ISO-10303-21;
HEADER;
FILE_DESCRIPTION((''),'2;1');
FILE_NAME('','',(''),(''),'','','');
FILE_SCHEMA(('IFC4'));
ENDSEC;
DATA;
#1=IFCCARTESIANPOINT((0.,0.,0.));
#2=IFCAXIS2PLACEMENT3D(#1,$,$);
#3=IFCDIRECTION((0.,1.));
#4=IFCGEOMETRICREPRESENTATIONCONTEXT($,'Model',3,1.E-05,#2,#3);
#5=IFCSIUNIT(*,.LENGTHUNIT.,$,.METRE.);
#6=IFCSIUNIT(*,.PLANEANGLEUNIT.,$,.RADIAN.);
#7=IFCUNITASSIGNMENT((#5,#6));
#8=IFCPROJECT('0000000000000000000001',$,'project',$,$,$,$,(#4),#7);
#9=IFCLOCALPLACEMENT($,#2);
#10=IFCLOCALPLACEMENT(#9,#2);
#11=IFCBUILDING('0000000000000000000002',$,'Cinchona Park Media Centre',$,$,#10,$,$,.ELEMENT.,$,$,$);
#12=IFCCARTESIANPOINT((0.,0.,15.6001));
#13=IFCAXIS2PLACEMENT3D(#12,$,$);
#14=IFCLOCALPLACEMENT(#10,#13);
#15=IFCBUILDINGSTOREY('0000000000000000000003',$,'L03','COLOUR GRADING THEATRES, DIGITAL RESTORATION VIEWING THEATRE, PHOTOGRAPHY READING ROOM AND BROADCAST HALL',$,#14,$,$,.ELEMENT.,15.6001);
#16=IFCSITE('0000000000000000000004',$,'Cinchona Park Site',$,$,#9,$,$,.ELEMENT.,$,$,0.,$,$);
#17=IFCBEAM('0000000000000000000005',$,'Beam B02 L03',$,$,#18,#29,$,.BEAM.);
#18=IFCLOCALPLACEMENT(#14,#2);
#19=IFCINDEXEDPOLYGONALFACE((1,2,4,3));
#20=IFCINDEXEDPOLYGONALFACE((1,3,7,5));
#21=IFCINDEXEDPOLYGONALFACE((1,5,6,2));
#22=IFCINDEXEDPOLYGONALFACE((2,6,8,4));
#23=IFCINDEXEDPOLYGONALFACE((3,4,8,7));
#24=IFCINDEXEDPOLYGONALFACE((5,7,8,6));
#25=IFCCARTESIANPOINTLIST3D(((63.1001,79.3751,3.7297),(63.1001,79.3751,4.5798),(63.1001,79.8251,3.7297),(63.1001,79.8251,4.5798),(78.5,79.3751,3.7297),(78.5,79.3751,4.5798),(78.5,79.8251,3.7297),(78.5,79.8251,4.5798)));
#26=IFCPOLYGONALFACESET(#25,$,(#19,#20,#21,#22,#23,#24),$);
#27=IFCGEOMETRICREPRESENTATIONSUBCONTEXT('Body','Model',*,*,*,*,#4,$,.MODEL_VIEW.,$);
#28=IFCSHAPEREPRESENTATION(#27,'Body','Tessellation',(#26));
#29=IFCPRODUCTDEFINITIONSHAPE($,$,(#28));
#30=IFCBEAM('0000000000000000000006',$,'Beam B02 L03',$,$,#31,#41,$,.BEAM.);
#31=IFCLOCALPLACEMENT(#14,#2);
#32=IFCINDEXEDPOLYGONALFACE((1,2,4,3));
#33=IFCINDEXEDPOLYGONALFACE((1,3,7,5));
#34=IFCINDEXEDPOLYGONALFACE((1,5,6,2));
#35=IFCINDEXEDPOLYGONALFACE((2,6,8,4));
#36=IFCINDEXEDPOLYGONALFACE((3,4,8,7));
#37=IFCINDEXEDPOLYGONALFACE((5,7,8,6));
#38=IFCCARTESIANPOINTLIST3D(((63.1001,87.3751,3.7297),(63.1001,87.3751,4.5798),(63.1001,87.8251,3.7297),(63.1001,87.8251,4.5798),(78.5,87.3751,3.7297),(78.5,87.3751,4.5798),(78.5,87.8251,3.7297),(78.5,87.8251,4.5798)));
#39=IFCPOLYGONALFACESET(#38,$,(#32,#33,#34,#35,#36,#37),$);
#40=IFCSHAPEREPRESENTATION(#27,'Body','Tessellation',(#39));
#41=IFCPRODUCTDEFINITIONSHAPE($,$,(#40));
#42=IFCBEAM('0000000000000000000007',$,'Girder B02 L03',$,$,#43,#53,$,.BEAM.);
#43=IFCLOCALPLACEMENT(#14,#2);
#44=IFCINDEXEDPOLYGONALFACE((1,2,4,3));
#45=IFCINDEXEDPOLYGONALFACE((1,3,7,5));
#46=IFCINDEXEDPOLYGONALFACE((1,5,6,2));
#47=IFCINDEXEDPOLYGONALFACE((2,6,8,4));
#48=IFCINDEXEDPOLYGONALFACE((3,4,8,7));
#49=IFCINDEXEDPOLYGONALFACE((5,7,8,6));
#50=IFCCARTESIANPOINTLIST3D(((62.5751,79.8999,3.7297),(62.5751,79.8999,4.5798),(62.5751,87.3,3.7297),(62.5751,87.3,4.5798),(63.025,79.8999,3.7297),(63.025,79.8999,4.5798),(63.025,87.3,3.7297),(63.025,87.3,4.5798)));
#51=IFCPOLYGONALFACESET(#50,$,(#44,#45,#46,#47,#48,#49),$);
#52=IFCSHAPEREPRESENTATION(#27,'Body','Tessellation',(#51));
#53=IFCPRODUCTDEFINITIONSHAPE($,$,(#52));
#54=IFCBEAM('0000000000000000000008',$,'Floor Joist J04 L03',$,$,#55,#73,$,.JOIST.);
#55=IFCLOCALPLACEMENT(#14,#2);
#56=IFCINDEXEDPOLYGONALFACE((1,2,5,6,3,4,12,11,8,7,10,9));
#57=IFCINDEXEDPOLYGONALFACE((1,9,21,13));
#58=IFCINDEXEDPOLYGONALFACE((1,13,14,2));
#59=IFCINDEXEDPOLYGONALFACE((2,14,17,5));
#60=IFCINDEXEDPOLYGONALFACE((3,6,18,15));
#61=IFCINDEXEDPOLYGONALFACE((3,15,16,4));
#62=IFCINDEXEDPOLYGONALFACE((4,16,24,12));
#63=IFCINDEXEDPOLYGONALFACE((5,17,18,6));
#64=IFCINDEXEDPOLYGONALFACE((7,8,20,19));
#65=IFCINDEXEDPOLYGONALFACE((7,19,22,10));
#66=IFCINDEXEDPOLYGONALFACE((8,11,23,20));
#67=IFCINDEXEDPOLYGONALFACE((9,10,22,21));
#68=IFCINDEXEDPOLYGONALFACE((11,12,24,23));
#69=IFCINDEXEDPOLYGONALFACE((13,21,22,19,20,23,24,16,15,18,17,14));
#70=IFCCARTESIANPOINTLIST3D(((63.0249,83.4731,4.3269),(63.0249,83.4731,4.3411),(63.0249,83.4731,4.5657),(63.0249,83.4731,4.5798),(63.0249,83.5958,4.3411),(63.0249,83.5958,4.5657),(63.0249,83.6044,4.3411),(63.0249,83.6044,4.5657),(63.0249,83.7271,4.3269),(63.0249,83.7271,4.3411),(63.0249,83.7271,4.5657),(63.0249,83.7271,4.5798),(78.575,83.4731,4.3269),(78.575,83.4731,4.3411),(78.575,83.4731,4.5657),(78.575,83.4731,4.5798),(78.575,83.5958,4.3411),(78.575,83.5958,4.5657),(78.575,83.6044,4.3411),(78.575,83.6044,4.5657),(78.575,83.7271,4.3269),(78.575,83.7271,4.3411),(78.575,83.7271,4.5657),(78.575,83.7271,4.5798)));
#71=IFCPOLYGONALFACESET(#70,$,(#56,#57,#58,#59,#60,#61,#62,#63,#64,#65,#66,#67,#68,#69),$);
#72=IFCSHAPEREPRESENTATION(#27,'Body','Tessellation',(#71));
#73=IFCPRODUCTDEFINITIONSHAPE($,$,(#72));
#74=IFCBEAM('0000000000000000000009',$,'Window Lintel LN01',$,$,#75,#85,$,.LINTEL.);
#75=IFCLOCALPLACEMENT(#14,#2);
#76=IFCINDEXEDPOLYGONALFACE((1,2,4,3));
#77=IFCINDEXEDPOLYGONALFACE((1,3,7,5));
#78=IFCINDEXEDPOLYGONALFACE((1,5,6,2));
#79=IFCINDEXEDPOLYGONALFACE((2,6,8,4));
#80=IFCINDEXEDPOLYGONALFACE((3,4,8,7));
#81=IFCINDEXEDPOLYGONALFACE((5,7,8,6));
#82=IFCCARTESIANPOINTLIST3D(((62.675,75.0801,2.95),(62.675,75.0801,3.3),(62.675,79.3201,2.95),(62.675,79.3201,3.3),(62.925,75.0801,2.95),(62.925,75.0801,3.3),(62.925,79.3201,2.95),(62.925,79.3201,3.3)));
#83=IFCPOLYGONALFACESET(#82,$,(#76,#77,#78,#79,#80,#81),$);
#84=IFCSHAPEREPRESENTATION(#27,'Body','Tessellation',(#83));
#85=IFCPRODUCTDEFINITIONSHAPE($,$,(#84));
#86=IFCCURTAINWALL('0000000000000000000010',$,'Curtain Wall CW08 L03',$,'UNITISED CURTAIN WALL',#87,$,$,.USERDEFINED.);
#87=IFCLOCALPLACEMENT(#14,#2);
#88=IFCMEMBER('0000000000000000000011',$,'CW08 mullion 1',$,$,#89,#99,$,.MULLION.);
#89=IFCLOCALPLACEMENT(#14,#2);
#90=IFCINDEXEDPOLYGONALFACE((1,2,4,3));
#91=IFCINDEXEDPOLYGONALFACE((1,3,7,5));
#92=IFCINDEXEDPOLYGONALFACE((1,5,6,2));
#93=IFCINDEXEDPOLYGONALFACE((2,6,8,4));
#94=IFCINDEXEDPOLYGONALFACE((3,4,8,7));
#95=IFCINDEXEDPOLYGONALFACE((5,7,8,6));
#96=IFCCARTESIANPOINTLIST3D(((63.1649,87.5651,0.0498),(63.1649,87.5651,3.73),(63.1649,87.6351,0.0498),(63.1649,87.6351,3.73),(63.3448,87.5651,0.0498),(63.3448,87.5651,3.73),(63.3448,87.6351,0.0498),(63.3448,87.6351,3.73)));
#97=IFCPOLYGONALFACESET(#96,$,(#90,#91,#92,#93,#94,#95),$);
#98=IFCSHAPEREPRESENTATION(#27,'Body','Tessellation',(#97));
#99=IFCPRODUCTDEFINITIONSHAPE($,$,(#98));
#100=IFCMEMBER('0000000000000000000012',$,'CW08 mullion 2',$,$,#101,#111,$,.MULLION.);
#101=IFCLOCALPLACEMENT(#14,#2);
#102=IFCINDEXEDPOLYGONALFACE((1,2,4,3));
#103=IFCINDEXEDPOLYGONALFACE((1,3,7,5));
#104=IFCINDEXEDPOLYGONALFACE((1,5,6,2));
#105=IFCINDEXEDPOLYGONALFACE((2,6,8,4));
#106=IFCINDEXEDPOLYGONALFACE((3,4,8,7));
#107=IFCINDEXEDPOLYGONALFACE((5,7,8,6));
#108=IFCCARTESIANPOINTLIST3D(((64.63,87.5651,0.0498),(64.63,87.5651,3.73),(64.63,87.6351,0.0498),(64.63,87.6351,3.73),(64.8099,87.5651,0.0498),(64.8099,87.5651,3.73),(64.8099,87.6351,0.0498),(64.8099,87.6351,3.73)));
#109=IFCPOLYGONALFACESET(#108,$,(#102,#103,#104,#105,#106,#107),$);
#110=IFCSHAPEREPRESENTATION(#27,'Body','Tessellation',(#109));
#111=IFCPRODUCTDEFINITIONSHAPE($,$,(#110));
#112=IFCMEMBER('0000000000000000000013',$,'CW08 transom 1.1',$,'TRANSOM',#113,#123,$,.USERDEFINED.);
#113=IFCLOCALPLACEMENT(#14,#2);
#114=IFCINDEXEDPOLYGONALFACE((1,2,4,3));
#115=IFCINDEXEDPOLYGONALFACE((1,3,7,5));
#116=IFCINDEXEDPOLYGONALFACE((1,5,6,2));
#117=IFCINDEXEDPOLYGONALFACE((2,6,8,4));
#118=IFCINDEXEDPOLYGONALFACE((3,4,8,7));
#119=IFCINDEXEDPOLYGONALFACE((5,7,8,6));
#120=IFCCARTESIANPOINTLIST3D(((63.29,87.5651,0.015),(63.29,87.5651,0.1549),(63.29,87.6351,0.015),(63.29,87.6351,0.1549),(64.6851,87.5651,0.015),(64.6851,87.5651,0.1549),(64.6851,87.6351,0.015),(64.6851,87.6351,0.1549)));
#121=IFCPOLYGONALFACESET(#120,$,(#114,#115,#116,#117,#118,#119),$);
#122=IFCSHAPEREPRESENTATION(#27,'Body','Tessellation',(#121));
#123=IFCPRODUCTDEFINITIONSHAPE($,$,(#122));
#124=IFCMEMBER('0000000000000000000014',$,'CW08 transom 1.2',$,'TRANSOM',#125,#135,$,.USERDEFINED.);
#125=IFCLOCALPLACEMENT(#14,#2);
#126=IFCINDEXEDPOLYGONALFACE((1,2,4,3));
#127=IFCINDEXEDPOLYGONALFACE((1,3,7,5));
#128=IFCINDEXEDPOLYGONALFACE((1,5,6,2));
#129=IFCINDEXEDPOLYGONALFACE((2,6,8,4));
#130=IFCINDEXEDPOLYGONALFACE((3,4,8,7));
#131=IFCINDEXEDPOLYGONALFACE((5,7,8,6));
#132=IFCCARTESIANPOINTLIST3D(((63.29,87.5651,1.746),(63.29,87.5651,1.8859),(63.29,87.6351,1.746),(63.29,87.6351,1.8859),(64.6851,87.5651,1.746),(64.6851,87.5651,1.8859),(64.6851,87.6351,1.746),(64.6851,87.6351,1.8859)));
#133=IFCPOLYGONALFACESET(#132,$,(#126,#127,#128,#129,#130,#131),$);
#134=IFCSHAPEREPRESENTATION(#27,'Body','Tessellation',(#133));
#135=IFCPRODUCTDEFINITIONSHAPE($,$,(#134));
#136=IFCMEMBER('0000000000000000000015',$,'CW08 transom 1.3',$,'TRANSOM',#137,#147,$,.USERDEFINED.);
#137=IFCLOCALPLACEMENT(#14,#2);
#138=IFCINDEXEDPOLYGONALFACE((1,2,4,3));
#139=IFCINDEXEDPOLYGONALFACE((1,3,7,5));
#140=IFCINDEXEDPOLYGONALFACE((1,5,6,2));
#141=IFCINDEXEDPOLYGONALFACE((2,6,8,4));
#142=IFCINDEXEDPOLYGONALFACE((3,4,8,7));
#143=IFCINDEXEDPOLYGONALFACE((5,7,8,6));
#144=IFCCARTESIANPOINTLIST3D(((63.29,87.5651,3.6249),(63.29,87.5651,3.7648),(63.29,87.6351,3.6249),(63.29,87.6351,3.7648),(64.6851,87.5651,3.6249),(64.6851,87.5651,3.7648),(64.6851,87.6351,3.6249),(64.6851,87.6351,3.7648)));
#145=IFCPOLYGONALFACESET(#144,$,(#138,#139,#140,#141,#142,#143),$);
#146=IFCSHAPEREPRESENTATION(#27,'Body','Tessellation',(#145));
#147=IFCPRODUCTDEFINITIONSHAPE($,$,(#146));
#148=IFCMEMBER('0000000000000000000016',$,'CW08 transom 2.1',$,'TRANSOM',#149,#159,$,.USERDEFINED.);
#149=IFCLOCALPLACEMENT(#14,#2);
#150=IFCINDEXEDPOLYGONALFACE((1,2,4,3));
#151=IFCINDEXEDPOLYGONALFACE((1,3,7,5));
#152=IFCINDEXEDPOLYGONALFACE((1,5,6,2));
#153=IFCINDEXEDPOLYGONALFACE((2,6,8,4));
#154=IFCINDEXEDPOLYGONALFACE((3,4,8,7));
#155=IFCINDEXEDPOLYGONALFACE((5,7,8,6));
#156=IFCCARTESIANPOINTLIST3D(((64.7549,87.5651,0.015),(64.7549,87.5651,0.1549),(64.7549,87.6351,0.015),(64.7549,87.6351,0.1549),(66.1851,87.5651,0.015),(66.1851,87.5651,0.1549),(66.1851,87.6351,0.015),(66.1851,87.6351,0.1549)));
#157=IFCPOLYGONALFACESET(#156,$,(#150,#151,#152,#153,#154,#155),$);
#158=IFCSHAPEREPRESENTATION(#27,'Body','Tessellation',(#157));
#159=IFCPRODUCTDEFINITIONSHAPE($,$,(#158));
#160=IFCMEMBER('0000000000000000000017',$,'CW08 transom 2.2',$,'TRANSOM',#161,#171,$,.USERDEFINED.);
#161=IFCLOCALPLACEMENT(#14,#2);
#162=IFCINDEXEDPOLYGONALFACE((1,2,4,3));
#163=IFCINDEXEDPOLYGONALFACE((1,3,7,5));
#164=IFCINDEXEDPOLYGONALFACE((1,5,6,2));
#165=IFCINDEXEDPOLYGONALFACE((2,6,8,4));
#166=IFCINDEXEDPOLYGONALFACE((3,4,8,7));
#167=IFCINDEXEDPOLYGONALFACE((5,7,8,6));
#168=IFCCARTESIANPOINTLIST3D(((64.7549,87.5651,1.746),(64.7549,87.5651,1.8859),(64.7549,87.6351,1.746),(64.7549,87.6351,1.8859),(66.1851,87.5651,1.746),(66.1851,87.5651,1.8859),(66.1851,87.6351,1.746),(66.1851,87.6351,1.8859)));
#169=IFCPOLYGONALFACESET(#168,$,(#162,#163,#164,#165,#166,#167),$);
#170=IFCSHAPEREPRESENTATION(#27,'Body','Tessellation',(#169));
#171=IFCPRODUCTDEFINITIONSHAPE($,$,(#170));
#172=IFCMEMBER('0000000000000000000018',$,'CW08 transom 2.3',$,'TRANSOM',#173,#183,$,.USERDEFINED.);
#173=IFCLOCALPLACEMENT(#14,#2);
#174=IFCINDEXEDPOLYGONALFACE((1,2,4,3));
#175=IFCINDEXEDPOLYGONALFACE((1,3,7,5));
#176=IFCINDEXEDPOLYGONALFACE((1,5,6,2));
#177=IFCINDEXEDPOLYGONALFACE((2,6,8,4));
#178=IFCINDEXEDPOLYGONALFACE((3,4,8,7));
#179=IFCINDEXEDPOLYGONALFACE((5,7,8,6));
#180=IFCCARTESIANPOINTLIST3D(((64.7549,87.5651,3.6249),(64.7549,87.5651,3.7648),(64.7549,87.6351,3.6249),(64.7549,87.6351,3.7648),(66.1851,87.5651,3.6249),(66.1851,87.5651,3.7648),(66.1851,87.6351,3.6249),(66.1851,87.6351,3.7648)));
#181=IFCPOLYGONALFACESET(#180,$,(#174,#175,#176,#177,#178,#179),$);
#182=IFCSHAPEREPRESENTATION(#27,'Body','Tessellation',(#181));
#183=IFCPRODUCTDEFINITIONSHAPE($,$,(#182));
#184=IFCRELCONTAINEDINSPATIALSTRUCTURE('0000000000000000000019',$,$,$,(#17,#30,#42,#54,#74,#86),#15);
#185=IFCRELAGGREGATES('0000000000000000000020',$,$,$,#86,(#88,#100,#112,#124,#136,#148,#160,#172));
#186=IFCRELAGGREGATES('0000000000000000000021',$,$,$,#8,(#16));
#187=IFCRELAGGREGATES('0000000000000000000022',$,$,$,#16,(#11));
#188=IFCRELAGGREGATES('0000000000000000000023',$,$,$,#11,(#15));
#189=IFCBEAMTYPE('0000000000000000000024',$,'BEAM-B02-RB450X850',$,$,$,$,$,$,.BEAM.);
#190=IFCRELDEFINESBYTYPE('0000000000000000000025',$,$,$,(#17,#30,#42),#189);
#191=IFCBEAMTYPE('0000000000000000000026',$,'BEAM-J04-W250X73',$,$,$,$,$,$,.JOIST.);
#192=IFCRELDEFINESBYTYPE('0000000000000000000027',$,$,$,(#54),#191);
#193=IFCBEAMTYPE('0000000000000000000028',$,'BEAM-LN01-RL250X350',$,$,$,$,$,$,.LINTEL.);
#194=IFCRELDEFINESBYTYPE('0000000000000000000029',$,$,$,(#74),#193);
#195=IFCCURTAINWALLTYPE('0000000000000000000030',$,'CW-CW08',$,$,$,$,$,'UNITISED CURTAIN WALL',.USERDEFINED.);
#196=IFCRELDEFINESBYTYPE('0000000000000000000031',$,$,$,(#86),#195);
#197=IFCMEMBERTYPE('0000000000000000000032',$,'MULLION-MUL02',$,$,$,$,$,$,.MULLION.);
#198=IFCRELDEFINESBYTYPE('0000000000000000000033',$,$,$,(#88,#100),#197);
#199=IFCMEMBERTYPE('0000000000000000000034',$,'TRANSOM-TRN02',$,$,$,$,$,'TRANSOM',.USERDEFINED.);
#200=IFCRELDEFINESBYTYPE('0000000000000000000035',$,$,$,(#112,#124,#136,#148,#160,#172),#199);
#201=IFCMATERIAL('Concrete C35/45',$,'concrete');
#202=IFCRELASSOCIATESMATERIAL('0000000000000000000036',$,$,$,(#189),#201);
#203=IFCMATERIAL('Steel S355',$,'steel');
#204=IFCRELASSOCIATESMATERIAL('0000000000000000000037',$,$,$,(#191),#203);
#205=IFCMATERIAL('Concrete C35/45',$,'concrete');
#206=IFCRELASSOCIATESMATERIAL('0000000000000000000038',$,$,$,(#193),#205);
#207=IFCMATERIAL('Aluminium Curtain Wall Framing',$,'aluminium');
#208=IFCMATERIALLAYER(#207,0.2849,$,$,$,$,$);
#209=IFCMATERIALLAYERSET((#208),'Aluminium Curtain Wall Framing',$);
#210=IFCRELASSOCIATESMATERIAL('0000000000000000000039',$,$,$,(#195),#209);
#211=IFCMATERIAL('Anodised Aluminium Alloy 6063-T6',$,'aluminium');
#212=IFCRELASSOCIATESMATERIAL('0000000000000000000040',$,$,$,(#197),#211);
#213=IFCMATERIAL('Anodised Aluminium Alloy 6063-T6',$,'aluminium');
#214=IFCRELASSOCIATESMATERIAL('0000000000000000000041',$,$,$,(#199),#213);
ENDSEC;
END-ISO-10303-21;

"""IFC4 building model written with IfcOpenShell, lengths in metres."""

from ifc_helpers import new_model, si_unit, direction, frame, origin, origin_2d, place, context, subcontext, project, spatial, rectangle, i_section, extrude, material, layer, layer_set, material_profile, profile_set, type_object, element, aggregate, save


model = new_model("IFC4")

# Units and contexts
model_context = context("Model", 3, precision=1e-05, world=origin(), true_north=direction((0.0, 1.0)))
body_context = subcontext(model_context, "Body", "Model", "MODEL_VIEW")
ifc_project = project(units=[si_unit("LENGTHUNIT", "METRE"), si_unit("PLANEANGLEUNIT", "RADIAN")], contexts=[model_context])

# Site, building, storey
site_placement = place(None, origin())
site = spatial("IfcSite", under=ifc_project, at=site_placement, Name="Cinchona Park Site", CompositionType="ELEMENT", RefElevation=0.0)
building_placement = place(site_placement, origin())
building = spatial("IfcBuilding", under=site, at=building_placement, Name="Cinchona Park Media Centre", CompositionType="ELEMENT")
storey_placement = place(building_placement, frame((0.0, 0.0, 15.6001)))
storey = spatial("IfcBuildingStorey", under=building, at=storey_placement, Name="L03", Description="COLOUR GRADING THEATRES, DIGITAL RESTORATION VIEWING THEATRE, PHOTOGRAPHY READING ROOM AND BROADCAST HALL", CompositionType="ELEMENT", Elevation=15.6001)

# Beams
ifc_material_1 = material(Name="Concrete C35/45", Category="concrete")
ifc_material_profile_1 = material_profile(ifc_material_1, rectangle(XDim=0.45, YDim=0.8501, at=origin_2d()), Name="RB 450X850")
ifc_profile_set_1 = profile_set([ifc_material_profile_1], Name="Concrete C35/45")
beam_type_1 = type_object("IfcBeamType", Name="BEAM-B02-RB450X850", PredefinedType="BEAM", material=ifc_profile_set_1)
for number, where, z_axis, x_axis, name in (
    (1, (63.1001, 79.6001, 4.1548), (1.0, 0.0, 0.0), (0.0, 1.0, 0.0), "Beam B02 L03"),
    (2, (63.1001, 87.6001, 4.1548), (1.0, 0.0, 0.0), (0.0, 1.0, 0.0), "Beam B02 L03"),
):
    element("IfcBeam", number, at=place(storey_placement, frame(where, z_axis=z_axis, x_axis=x_axis)), inside=storey, type_object=beam_type_1, Name=name, PredefinedType="BEAM", context=body_context, shape_type="SweptSolid", body=[
        extrude(rectangle(XDim=0.45, YDim=0.8501, at=origin_2d()), origin(), (0.0, 0.0, 1.0), 15.3999),
    ])
beam_1_placement = place(storey_placement, frame((62.8, 79.8999, 4.1548), z_axis=(0.0, 1.0, 0.0), x_axis=(-1.0, 0.0, 0.0)))
element("IfcBeam", 3, at=beam_1_placement, inside=storey, type_object=beam_type_1, Name="Girder B02 L03", PredefinedType="BEAM", context=body_context, shape_type="SweptSolid", body=[
    extrude(rectangle(XDim=0.45, YDim=0.8501, at=origin_2d()), origin(), (0.0, 0.0, 1.0), 7.4001),
])
ifc_material_2 = material(Name="Steel S355", Category="steel")
ifc_material_profile_2 = material_profile(ifc_material_2, i_section(OverallWidth=0.2539, OverallDepth=0.2529, WebThickness=0.0085, FlangeThickness=0.0142, at=origin_2d()), Name="W250X73")
ifc_profile_set_2 = profile_set([ifc_material_profile_2], Name="Steel S355")
beam_type_2 = type_object("IfcBeamType", Name="BEAM-J04-W250X73", PredefinedType="JOIST", material=ifc_profile_set_2)
beam_2_placement = place(storey_placement, frame((63.0249, 83.6001, 4.4534), z_axis=(1.0, 0.0, 0.0), x_axis=(0.0, 1.0, 0.0)))
element("IfcBeam", 4, at=beam_2_placement, inside=storey, type_object=beam_type_2, Name="Floor Joist J04 L03", PredefinedType="JOIST", context=body_context, shape_type="SweptSolid", body=[
    extrude(i_section(OverallWidth=0.2539, OverallDepth=0.2529, WebThickness=0.0085, FlangeThickness=0.0142, at=origin_2d()), origin(), (0.0, 0.0, 1.0), 15.55),
])
ifc_material_3 = material(Name="Concrete C35/45", Category="concrete")
ifc_material_profile_3 = material_profile(ifc_material_3, rectangle(XDim=0.25, YDim=0.3501, at=origin_2d()), Name="RL 250X350")
ifc_profile_set_3 = profile_set([ifc_material_profile_3], Name="Concrete C35/45")
beam_type_3 = type_object("IfcBeamType", Name="BEAM-LN01-RL250X350", PredefinedType="LINTEL", material=ifc_profile_set_3)
beam_3_placement = place(storey_placement, frame((62.8, 75.0801, 3.125), z_axis=(0.0, 1.0, 0.0), x_axis=(-1.0, 0.0, 0.0)))
element("IfcBeam", 5, at=beam_3_placement, inside=storey, type_object=beam_type_3, Name="Window Lintel LN01", PredefinedType="LINTEL", context=body_context, shape_type="SweptSolid", body=[
    extrude(rectangle(XDim=0.25, YDim=0.3501, at=origin_2d()), origin(), (0.0, 0.0, 1.0), 4.24),
])

# Curtain wall, members
ifc_material_4 = material(Name="Aluminium Curtain Wall Framing", Category="aluminium")
ifc_layer_1 = layer(ifc_material_4, 0.2849)
ifc_layer_set_1 = layer_set([ifc_layer_1], Name="Aluminium Curtain Wall Framing")
curtain_wall_type = type_object("IfcCurtainWallType", Name="CW-CW08", ElementType="UNITISED CURTAIN WALL", PredefinedType="USERDEFINED", material=ifc_layer_set_1)
curtain_wall_placement = place(storey_placement, origin())
curtain_wall = element("IfcCurtainWall", 6, at=curtain_wall_placement, inside=storey, type_object=curtain_wall_type, Name="Curtain Wall CW08 L03", ObjectType="UNITISED CURTAIN WALL", PredefinedType="USERDEFINED")
ifc_material_5 = material(Name="Anodised Aluminium Alloy 6063-T6", Category="aluminium")
ifc_material_profile_4 = material_profile(ifc_material_5, rectangle(XDim=0.0701, YDim=0.1799, at=origin_2d()), Name="MUL-70X180")
ifc_profile_set_4 = profile_set([ifc_material_profile_4], Name="Anodised Aluminium Alloy 6063-T6")
member_type_1 = type_object("IfcMemberType", Name="MULLION-MUL02", PredefinedType="MULLION", material=ifc_profile_set_4)
member_1_placement = place(storey_placement, frame((63.2549, 87.6001, 0.0498), z_axis=(0.0, 0.0, 1.0), x_axis=(0.0, 1.0, 0.0)))
member_1 = element("IfcMember", 7, at=member_1_placement, type_object=member_type_1, Name="CW08 mullion 1", PredefinedType="MULLION", context=body_context, shape_type="SweptSolid", body=[
    extrude(rectangle(XDim=0.0701, YDim=0.1799, at=origin_2d()), origin(), (0.0, 0.0, 1.0), 3.6802),
])
member_2_placement = place(storey_placement, frame((64.72, 87.6001, 0.0498), z_axis=(0.0, 0.0, 1.0), x_axis=(0.0, 1.0, 0.0)))
member_2 = element("IfcMember", 8, at=member_2_placement, type_object=member_type_1, Name="CW08 mullion 2", PredefinedType="MULLION", context=body_context, shape_type="SweptSolid", body=[
    extrude(rectangle(XDim=0.0701, YDim=0.1799, at=origin_2d()), origin(), (0.0, 0.0, 1.0), 3.6802),
])
ifc_material_6 = material(Name="Anodised Aluminium Alloy 6063-T6", Category="aluminium")
ifc_material_profile_5 = material_profile(ifc_material_6, rectangle(XDim=0.0701, YDim=0.1399, at=origin_2d()), Name="TRN-70X140")
ifc_profile_set_5 = profile_set([ifc_material_profile_5], Name="Anodised Aluminium Alloy 6063-T6")
member_type_2 = type_object("IfcMemberType", Name="TRANSOM-TRN02", ElementType="TRANSOM", PredefinedType="USERDEFINED", material=ifc_profile_set_5)
member_3_placement = place(storey_placement, frame((63.29, 87.6001, 0.085), z_axis=(1.0, 0.0, 0.0), x_axis=(0.0, 1.0, 0.0)))
member_3 = element("IfcMember", 9, at=member_3_placement, type_object=member_type_2, Name="CW08 transom 1.1", ObjectType="TRANSOM", PredefinedType="USERDEFINED", context=body_context, shape_type="SweptSolid", body=[
    extrude(rectangle(XDim=0.0701, YDim=0.1399, at=origin_2d()), origin(), (0.0, 0.0, 1.0), 1.395),
])
member_4_placement = place(storey_placement, frame((63.29, 87.6001, 1.8159), z_axis=(1.0, 0.0, 0.0), x_axis=(0.0, 1.0, 0.0)))
member_4 = element("IfcMember", 10, at=member_4_placement, type_object=member_type_2, Name="CW08 transom 1.2", ObjectType="TRANSOM", PredefinedType="USERDEFINED", context=body_context, shape_type="SweptSolid", body=[
    extrude(rectangle(XDim=0.0701, YDim=0.1399, at=origin_2d()), origin(), (0.0, 0.0, 1.0), 1.395),
])
member_5_placement = place(storey_placement, frame((63.29, 87.6001, 3.6948), z_axis=(1.0, 0.0, 0.0), x_axis=(0.0, 1.0, 0.0)))
member_5 = element("IfcMember", 11, at=member_5_placement, type_object=member_type_2, Name="CW08 transom 1.3", ObjectType="TRANSOM", PredefinedType="USERDEFINED", context=body_context, shape_type="SweptSolid", body=[
    extrude(rectangle(XDim=0.0701, YDim=0.1399, at=origin_2d()), origin(), (0.0, 0.0, 1.0), 1.395),
])
member_6_placement = place(storey_placement, frame((64.7549, 87.6001, 0.085), z_axis=(1.0, 0.0, 0.0), x_axis=(0.0, 1.0, 0.0)))
member_6 = element("IfcMember", 12, at=member_6_placement, type_object=member_type_2, Name="CW08 transom 2.1", ObjectType="TRANSOM", PredefinedType="USERDEFINED", context=body_context, shape_type="SweptSolid", body=[
    extrude(rectangle(XDim=0.0701, YDim=0.1399, at=origin_2d()), origin(), (0.0, 0.0, 1.0), 1.4302),
])
member_7_placement = place(storey_placement, frame((64.7549, 87.6001, 1.8159), z_axis=(1.0, 0.0, 0.0), x_axis=(0.0, 1.0, 0.0)))
member_7 = element("IfcMember", 13, at=member_7_placement, type_object=member_type_2, Name="CW08 transom 2.2", ObjectType="TRANSOM", PredefinedType="USERDEFINED", context=body_context, shape_type="SweptSolid", body=[
    extrude(rectangle(XDim=0.0701, YDim=0.1399, at=origin_2d()), origin(), (0.0, 0.0, 1.0), 1.4302),
])
member_8_placement = place(storey_placement, frame((64.7549, 87.6001, 3.6948), z_axis=(1.0, 0.0, 0.0), x_axis=(0.0, 1.0, 0.0)))
member_8 = element("IfcMember", 14, at=member_8_placement, type_object=member_type_2, Name="CW08 transom 2.3", ObjectType="TRANSOM", PredefinedType="USERDEFINED", context=body_context, shape_type="SweptSolid", body=[
    extrude(rectangle(XDim=0.0701, YDim=0.1399, at=origin_2d()), origin(), (0.0, 0.0, 1.0), 1.4302),
])
aggregate(curtain_wall, [member_1, member_2, member_3, member_4, member_5, member_6, member_7, member_8])

save(model, "model.ifc")
